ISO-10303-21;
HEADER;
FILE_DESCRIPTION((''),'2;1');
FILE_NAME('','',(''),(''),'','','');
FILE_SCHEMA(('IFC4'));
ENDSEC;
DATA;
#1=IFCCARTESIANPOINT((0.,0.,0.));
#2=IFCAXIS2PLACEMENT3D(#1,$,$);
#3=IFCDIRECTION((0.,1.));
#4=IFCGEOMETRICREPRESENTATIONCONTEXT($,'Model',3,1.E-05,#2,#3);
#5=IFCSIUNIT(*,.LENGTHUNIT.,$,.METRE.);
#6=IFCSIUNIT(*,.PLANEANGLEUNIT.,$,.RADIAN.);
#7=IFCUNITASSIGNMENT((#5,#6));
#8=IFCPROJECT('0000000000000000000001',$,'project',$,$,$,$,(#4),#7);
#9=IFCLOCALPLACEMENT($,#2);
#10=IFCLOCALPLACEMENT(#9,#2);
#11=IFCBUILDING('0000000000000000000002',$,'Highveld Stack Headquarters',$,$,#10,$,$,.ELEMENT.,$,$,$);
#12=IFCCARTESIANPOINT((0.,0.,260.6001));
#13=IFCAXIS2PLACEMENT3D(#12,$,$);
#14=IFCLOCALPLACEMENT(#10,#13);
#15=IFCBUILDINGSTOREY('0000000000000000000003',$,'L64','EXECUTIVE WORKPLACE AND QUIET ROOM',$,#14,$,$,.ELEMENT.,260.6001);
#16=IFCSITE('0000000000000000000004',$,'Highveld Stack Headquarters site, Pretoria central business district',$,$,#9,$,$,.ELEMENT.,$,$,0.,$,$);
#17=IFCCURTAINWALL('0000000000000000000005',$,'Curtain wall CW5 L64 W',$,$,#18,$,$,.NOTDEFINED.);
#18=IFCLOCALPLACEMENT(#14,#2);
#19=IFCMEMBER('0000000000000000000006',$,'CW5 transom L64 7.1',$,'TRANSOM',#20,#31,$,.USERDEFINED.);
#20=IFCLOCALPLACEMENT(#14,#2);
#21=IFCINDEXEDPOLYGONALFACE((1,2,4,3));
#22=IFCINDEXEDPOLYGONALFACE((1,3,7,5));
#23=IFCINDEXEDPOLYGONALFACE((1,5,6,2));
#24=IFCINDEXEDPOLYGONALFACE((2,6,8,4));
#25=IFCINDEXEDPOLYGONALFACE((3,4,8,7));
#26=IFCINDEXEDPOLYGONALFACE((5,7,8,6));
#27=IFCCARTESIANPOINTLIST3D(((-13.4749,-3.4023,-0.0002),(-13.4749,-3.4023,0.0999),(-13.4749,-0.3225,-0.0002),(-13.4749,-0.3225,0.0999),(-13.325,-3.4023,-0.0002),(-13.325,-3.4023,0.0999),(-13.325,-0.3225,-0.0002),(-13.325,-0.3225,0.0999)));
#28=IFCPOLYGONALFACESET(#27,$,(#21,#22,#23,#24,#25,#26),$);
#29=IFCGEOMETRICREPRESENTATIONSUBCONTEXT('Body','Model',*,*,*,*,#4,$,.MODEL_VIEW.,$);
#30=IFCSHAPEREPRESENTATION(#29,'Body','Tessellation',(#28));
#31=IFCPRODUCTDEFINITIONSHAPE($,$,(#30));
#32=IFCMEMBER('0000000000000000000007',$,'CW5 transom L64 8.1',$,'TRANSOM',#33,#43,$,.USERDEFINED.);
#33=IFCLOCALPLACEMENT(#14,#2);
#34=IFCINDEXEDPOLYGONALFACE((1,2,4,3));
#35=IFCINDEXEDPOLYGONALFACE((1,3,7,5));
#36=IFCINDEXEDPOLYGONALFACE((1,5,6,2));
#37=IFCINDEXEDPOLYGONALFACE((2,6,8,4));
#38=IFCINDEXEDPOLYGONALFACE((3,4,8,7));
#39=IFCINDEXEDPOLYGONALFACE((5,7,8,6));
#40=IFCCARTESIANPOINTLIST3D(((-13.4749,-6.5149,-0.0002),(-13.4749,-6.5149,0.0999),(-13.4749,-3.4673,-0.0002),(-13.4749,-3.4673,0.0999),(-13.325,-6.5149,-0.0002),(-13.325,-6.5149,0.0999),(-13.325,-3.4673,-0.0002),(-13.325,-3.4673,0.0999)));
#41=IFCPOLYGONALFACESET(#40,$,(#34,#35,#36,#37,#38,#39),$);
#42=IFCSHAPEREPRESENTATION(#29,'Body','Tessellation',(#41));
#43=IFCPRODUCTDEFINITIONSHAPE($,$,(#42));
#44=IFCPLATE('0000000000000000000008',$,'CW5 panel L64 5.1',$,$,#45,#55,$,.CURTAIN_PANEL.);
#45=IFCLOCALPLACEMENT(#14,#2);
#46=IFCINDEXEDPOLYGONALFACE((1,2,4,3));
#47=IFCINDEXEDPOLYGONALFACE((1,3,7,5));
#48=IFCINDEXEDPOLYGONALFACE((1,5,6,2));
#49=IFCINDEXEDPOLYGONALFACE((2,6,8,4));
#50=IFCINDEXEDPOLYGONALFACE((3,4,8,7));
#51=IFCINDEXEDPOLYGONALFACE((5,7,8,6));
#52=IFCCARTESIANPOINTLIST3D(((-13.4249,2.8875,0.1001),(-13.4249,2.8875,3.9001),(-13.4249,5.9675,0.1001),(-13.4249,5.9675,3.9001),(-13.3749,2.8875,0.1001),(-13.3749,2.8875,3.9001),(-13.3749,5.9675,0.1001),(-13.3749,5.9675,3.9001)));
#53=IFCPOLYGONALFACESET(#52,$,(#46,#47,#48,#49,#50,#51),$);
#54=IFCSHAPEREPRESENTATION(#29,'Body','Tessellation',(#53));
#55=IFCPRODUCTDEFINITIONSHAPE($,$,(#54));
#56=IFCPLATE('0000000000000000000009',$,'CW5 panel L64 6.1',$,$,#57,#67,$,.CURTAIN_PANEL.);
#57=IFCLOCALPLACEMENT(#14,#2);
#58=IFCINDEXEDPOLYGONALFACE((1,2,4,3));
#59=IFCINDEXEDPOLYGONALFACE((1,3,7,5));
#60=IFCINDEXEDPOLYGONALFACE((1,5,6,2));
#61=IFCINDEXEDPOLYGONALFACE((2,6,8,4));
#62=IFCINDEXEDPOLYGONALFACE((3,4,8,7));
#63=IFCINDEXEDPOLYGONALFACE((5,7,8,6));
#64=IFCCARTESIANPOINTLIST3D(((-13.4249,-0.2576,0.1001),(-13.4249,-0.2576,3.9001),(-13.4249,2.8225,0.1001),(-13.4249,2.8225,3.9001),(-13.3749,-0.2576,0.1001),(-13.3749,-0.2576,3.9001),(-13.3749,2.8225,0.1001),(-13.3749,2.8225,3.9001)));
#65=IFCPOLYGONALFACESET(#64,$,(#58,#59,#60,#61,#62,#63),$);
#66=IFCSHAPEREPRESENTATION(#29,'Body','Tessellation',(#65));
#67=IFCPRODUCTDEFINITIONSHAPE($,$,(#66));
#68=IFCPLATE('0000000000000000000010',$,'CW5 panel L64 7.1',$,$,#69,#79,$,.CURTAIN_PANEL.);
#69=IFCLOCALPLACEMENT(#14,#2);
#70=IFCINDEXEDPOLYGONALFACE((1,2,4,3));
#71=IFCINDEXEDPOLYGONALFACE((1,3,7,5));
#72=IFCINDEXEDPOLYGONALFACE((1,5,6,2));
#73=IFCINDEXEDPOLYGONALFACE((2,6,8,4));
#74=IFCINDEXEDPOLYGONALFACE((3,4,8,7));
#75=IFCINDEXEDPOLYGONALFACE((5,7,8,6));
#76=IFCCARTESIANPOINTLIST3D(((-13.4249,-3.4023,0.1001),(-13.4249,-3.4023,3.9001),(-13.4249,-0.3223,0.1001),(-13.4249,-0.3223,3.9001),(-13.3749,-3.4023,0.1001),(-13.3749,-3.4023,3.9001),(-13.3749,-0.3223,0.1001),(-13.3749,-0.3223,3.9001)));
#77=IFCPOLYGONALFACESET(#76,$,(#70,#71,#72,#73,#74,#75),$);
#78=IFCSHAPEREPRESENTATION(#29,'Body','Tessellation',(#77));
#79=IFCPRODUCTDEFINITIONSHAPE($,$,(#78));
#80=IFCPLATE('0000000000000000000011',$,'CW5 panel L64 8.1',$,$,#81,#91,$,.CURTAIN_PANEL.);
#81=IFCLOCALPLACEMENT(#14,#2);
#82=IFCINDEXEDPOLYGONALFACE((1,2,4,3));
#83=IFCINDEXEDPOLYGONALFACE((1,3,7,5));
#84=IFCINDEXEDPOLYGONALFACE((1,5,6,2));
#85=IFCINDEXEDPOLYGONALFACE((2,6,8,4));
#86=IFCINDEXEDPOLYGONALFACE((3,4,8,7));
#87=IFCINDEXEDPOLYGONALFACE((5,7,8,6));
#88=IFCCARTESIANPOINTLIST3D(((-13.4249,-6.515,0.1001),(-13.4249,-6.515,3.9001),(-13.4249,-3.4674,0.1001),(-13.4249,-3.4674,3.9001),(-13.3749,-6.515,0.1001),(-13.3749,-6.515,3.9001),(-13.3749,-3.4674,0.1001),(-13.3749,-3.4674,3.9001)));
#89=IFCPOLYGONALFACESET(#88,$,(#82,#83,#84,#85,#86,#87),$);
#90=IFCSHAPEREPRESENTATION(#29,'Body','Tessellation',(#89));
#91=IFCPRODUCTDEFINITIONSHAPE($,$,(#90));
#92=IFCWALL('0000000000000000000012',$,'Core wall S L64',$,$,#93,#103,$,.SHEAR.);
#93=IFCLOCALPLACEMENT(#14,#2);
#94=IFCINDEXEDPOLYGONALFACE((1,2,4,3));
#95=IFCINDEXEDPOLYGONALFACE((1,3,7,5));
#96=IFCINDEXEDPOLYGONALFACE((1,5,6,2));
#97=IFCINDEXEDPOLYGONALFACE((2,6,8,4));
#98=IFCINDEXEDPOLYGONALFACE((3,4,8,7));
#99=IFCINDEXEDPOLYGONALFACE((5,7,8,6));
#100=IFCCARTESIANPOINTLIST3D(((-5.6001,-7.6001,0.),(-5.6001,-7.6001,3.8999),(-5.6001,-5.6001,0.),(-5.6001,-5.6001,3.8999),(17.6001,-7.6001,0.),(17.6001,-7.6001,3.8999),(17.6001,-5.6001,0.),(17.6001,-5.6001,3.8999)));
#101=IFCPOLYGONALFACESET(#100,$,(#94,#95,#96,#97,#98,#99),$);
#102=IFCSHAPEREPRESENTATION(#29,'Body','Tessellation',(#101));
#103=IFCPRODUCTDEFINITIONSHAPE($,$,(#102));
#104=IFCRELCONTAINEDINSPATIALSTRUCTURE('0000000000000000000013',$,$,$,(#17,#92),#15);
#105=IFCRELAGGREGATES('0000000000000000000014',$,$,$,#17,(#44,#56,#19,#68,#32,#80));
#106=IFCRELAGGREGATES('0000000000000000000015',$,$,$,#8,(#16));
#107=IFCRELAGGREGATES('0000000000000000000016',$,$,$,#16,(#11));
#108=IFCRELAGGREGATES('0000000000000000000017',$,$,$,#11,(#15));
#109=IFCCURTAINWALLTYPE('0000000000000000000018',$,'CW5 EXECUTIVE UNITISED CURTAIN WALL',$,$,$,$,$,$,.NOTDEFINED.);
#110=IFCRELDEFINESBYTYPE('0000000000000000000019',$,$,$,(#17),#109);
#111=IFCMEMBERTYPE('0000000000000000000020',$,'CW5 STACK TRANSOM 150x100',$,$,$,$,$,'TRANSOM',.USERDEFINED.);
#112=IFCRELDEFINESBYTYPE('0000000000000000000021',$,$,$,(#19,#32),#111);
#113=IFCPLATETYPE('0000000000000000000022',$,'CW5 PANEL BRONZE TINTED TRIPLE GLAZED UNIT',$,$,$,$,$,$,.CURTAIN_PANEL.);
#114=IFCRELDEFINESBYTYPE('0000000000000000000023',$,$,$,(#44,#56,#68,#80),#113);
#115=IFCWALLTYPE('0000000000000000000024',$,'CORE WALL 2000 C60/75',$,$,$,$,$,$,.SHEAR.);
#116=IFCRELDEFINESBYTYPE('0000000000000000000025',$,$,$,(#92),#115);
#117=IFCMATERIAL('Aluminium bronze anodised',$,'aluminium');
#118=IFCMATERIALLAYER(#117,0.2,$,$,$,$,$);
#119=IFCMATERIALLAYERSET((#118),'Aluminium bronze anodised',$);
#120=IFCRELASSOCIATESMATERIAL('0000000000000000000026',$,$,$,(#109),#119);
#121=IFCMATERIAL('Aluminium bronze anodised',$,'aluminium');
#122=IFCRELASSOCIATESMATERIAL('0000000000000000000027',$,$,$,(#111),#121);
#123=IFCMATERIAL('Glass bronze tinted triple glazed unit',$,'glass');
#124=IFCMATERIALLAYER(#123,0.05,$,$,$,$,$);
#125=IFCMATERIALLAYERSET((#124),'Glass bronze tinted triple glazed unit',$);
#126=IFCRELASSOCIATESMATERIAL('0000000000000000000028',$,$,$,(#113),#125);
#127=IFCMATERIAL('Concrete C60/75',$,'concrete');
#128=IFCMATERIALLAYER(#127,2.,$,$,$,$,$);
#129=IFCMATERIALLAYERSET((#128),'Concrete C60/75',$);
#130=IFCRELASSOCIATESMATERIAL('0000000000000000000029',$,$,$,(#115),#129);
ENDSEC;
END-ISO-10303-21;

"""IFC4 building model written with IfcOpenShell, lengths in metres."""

from ifc_helpers import new_model, si_unit, direction, frame, frame_2d, origin, origin_2d, place, context, subcontext, project, spatial, rectangle, extrude, material, layer, layer_set, material_profile, profile_set, type_object, element, aggregate, save


model = new_model("IFC4")

# Units and contexts
model_context = context("Model", 3, precision=1e-05, world=origin(), true_north=direction((0.0, 1.0)))
body_context = subcontext(model_context, "Body", "Model", "MODEL_VIEW")
ifc_project = project(units=[si_unit("LENGTHUNIT", "METRE"), si_unit("PLANEANGLEUNIT", "RADIAN")], contexts=[model_context])

# Site, building, storey
site_placement = place(None, origin())
site = spatial("IfcSite", under=ifc_project, at=site_placement, Name="Highveld Stack Headquarters site, Pretoria central business district", CompositionType="ELEMENT", RefElevation=0.0)
building_placement = place(site_placement, origin())
building = spatial("IfcBuilding", under=site, at=building_placement, Name="Highveld Stack Headquarters", CompositionType="ELEMENT")
storey_placement = place(building_placement, frame((0.0, 0.0, 260.6001)))
storey = spatial("IfcBuildingStorey", under=building, at=storey_placement, Name="L64", Description="EXECUTIVE WORKPLACE AND QUIET ROOM", CompositionType="ELEMENT", Elevation=260.6001)

# Curtain wall, members, plates
ifc_material_1 = material(Name="Aluminium bronze anodised", Category="aluminium")
ifc_layer_1 = layer(ifc_material_1, 0.2)
ifc_layer_set_1 = layer_set([ifc_layer_1], Name="Aluminium bronze anodised")
curtain_wall_type = type_object("IfcCurtainWallType", Name="CW5 EXECUTIVE UNITISED CURTAIN WALL", PredefinedType="NOTDEFINED", material=ifc_layer_set_1)
curtain_wall_placement = place(storey_placement, origin())
curtain_wall = element("IfcCurtainWall", 1, at=curtain_wall_placement, inside=storey, type_object=curtain_wall_type, Name="Curtain wall CW5 L64 W", PredefinedType="NOTDEFINED")
ifc_material_2 = material(Name="Aluminium bronze anodised", Category="aluminium")
ifc_material_profile_1 = material_profile(ifc_material_2, rectangle(XDim=0.1499, YDim=0.1001, at=origin_2d()), Name="CW5 TRANSOM 150x100")
ifc_profile_set_1 = profile_set([ifc_material_profile_1], Name="Aluminium bronze anodised")
member_type_1 = type_object("IfcMemberType", Name="CW5 STACK TRANSOM 150x100", ElementType="TRANSOM", PredefinedType="USERDEFINED", material=ifc_profile_set_1)
member_1_placement = place(storey_placement, frame((-13.3999, -0.3225, 0.0498), z_axis=(0.0, -1.0, 0.0), x_axis=(1.0, 0.0, 0.0)))
member_1 = element("IfcMember", 2, at=member_1_placement, type_object=member_type_1, Name="CW5 transom L64 7.1", ObjectType="TRANSOM", PredefinedType="USERDEFINED", context=body_context, shape_type="SweptSolid", body=[
    extrude(rectangle(XDim=0.1499, YDim=0.1001, at=origin_2d()), origin(), (0.0, 0.0, 1.0), 3.0798),
])
member_2_placement = place(storey_placement, frame((-13.3999, -3.4673, 0.0498), z_axis=(0.0, -1.0, 0.0), x_axis=(1.0, 0.0, 0.0)))
member_2 = element("IfcMember", 3, at=member_2_placement, type_object=member_type_1, Name="CW5 transom L64 8.1", ObjectType="TRANSOM", PredefinedType="USERDEFINED", context=body_context, shape_type="SweptSolid", body=[
    extrude(rectangle(XDim=0.1499, YDim=0.1001, at=origin_2d()), origin(), (0.0, 0.0, 1.0), 3.0476),
])
ifc_material_3 = material(Name="Glass bronze tinted triple glazed unit", Category="glass")
ifc_layer_2 = layer(ifc_material_3, 0.05)
ifc_layer_set_2 = layer_set([ifc_layer_2], Name="Glass bronze tinted triple glazed unit")
plate_type = type_object("IfcPlateType", Name="CW5 PANEL BRONZE TINTED TRIPLE GLAZED UNIT", PredefinedType="CURTAIN_PANEL", material=ifc_layer_set_2)
plate_1_placement = place(storey_placement, frame((-13.3999, 4.4275, 0.1001), z_axis=(0.0, 0.0, 1.0), x_axis=(0.0, -1.0, 0.0)))
plate_1 = element("IfcPlate", 4, at=plate_1_placement, type_object=plate_type, Name="CW5 panel L64 5.1", PredefinedType="CURTAIN_PANEL", context=body_context, shape_type="SweptSolid", body=[
    extrude(rectangle(XDim=3.0801, YDim=0.05, at=origin_2d()), origin(), (0.0, 0.0, 1.0), 3.8),
])
plate_2_placement = place(storey_placement, frame((-13.3999, 1.2825, 0.1001), z_axis=(0.0, 0.0, 1.0), x_axis=(0.0, -1.0, 0.0)))
plate_2 = element("IfcPlate", 5, at=plate_2_placement, type_object=plate_type, Name="CW5 panel L64 6.1", PredefinedType="CURTAIN_PANEL", context=body_context, shape_type="SweptSolid", body=[
    extrude(rectangle(XDim=3.0801, YDim=0.05, at=origin_2d()), origin(), (0.0, 0.0, 1.0), 3.8),
])
plate_3_placement = place(storey_placement, frame((-13.3999, -1.8623, 0.1001), z_axis=(0.0, 0.0, 1.0), x_axis=(0.0, -1.0, 0.0)))
plate_3 = element("IfcPlate", 6, at=plate_3_placement, type_object=plate_type, Name="CW5 panel L64 7.1", PredefinedType="CURTAIN_PANEL", context=body_context, shape_type="SweptSolid", body=[
    extrude(rectangle(XDim=3.0801, YDim=0.05, at=origin_2d()), origin(), (0.0, 0.0, 1.0), 3.8),
])
plate_4_placement = place(storey_placement, frame((-13.3999, -4.9912, 0.1001), z_axis=(0.0, 0.0, 1.0), x_axis=(0.0, -1.0, 0.0)))
plate_4 = element("IfcPlate", 7, at=plate_4_placement, type_object=plate_type, Name="CW5 panel L64 8.1", PredefinedType="CURTAIN_PANEL", context=body_context, shape_type="SweptSolid", body=[
    extrude(rectangle(XDim=3.0476, YDim=0.05, at=origin_2d()), origin(), (0.0, 0.0, 1.0), 3.8),
])
aggregate(curtain_wall, [plate_1, plate_2, member_1, plate_3, member_2, plate_4])

# Wall
ifc_material_4 = material(Name="Concrete C60/75", Category="concrete")
ifc_layer_3 = layer(ifc_material_4, 2.0)
ifc_layer_set_3 = layer_set([ifc_layer_3], Name="Concrete C60/75")
wall_type = type_object("IfcWallType", Name="CORE WALL 2000 C60/75", PredefinedType="SHEAR", material=ifc_layer_set_3)
wall_placement = place(storey_placement, frame((-5.6001, -6.6001, 0.0), z_axis=(0.0, 0.0, 1.0), x_axis=(1.0, 0.0, 0.0)))
element("IfcWall", 8, at=wall_placement, inside=storey, type_object=wall_type, Name="Core wall S L64", PredefinedType="SHEAR", context=body_context, shape_type="SweptSolid", body=[
    extrude(rectangle(XDim=23.2002, YDim=2.0, at=frame_2d((11.6001, 0.0))), origin(), (0.0, 0.0, 1.0), 3.8999),
])

save(model, "model.ifc")
